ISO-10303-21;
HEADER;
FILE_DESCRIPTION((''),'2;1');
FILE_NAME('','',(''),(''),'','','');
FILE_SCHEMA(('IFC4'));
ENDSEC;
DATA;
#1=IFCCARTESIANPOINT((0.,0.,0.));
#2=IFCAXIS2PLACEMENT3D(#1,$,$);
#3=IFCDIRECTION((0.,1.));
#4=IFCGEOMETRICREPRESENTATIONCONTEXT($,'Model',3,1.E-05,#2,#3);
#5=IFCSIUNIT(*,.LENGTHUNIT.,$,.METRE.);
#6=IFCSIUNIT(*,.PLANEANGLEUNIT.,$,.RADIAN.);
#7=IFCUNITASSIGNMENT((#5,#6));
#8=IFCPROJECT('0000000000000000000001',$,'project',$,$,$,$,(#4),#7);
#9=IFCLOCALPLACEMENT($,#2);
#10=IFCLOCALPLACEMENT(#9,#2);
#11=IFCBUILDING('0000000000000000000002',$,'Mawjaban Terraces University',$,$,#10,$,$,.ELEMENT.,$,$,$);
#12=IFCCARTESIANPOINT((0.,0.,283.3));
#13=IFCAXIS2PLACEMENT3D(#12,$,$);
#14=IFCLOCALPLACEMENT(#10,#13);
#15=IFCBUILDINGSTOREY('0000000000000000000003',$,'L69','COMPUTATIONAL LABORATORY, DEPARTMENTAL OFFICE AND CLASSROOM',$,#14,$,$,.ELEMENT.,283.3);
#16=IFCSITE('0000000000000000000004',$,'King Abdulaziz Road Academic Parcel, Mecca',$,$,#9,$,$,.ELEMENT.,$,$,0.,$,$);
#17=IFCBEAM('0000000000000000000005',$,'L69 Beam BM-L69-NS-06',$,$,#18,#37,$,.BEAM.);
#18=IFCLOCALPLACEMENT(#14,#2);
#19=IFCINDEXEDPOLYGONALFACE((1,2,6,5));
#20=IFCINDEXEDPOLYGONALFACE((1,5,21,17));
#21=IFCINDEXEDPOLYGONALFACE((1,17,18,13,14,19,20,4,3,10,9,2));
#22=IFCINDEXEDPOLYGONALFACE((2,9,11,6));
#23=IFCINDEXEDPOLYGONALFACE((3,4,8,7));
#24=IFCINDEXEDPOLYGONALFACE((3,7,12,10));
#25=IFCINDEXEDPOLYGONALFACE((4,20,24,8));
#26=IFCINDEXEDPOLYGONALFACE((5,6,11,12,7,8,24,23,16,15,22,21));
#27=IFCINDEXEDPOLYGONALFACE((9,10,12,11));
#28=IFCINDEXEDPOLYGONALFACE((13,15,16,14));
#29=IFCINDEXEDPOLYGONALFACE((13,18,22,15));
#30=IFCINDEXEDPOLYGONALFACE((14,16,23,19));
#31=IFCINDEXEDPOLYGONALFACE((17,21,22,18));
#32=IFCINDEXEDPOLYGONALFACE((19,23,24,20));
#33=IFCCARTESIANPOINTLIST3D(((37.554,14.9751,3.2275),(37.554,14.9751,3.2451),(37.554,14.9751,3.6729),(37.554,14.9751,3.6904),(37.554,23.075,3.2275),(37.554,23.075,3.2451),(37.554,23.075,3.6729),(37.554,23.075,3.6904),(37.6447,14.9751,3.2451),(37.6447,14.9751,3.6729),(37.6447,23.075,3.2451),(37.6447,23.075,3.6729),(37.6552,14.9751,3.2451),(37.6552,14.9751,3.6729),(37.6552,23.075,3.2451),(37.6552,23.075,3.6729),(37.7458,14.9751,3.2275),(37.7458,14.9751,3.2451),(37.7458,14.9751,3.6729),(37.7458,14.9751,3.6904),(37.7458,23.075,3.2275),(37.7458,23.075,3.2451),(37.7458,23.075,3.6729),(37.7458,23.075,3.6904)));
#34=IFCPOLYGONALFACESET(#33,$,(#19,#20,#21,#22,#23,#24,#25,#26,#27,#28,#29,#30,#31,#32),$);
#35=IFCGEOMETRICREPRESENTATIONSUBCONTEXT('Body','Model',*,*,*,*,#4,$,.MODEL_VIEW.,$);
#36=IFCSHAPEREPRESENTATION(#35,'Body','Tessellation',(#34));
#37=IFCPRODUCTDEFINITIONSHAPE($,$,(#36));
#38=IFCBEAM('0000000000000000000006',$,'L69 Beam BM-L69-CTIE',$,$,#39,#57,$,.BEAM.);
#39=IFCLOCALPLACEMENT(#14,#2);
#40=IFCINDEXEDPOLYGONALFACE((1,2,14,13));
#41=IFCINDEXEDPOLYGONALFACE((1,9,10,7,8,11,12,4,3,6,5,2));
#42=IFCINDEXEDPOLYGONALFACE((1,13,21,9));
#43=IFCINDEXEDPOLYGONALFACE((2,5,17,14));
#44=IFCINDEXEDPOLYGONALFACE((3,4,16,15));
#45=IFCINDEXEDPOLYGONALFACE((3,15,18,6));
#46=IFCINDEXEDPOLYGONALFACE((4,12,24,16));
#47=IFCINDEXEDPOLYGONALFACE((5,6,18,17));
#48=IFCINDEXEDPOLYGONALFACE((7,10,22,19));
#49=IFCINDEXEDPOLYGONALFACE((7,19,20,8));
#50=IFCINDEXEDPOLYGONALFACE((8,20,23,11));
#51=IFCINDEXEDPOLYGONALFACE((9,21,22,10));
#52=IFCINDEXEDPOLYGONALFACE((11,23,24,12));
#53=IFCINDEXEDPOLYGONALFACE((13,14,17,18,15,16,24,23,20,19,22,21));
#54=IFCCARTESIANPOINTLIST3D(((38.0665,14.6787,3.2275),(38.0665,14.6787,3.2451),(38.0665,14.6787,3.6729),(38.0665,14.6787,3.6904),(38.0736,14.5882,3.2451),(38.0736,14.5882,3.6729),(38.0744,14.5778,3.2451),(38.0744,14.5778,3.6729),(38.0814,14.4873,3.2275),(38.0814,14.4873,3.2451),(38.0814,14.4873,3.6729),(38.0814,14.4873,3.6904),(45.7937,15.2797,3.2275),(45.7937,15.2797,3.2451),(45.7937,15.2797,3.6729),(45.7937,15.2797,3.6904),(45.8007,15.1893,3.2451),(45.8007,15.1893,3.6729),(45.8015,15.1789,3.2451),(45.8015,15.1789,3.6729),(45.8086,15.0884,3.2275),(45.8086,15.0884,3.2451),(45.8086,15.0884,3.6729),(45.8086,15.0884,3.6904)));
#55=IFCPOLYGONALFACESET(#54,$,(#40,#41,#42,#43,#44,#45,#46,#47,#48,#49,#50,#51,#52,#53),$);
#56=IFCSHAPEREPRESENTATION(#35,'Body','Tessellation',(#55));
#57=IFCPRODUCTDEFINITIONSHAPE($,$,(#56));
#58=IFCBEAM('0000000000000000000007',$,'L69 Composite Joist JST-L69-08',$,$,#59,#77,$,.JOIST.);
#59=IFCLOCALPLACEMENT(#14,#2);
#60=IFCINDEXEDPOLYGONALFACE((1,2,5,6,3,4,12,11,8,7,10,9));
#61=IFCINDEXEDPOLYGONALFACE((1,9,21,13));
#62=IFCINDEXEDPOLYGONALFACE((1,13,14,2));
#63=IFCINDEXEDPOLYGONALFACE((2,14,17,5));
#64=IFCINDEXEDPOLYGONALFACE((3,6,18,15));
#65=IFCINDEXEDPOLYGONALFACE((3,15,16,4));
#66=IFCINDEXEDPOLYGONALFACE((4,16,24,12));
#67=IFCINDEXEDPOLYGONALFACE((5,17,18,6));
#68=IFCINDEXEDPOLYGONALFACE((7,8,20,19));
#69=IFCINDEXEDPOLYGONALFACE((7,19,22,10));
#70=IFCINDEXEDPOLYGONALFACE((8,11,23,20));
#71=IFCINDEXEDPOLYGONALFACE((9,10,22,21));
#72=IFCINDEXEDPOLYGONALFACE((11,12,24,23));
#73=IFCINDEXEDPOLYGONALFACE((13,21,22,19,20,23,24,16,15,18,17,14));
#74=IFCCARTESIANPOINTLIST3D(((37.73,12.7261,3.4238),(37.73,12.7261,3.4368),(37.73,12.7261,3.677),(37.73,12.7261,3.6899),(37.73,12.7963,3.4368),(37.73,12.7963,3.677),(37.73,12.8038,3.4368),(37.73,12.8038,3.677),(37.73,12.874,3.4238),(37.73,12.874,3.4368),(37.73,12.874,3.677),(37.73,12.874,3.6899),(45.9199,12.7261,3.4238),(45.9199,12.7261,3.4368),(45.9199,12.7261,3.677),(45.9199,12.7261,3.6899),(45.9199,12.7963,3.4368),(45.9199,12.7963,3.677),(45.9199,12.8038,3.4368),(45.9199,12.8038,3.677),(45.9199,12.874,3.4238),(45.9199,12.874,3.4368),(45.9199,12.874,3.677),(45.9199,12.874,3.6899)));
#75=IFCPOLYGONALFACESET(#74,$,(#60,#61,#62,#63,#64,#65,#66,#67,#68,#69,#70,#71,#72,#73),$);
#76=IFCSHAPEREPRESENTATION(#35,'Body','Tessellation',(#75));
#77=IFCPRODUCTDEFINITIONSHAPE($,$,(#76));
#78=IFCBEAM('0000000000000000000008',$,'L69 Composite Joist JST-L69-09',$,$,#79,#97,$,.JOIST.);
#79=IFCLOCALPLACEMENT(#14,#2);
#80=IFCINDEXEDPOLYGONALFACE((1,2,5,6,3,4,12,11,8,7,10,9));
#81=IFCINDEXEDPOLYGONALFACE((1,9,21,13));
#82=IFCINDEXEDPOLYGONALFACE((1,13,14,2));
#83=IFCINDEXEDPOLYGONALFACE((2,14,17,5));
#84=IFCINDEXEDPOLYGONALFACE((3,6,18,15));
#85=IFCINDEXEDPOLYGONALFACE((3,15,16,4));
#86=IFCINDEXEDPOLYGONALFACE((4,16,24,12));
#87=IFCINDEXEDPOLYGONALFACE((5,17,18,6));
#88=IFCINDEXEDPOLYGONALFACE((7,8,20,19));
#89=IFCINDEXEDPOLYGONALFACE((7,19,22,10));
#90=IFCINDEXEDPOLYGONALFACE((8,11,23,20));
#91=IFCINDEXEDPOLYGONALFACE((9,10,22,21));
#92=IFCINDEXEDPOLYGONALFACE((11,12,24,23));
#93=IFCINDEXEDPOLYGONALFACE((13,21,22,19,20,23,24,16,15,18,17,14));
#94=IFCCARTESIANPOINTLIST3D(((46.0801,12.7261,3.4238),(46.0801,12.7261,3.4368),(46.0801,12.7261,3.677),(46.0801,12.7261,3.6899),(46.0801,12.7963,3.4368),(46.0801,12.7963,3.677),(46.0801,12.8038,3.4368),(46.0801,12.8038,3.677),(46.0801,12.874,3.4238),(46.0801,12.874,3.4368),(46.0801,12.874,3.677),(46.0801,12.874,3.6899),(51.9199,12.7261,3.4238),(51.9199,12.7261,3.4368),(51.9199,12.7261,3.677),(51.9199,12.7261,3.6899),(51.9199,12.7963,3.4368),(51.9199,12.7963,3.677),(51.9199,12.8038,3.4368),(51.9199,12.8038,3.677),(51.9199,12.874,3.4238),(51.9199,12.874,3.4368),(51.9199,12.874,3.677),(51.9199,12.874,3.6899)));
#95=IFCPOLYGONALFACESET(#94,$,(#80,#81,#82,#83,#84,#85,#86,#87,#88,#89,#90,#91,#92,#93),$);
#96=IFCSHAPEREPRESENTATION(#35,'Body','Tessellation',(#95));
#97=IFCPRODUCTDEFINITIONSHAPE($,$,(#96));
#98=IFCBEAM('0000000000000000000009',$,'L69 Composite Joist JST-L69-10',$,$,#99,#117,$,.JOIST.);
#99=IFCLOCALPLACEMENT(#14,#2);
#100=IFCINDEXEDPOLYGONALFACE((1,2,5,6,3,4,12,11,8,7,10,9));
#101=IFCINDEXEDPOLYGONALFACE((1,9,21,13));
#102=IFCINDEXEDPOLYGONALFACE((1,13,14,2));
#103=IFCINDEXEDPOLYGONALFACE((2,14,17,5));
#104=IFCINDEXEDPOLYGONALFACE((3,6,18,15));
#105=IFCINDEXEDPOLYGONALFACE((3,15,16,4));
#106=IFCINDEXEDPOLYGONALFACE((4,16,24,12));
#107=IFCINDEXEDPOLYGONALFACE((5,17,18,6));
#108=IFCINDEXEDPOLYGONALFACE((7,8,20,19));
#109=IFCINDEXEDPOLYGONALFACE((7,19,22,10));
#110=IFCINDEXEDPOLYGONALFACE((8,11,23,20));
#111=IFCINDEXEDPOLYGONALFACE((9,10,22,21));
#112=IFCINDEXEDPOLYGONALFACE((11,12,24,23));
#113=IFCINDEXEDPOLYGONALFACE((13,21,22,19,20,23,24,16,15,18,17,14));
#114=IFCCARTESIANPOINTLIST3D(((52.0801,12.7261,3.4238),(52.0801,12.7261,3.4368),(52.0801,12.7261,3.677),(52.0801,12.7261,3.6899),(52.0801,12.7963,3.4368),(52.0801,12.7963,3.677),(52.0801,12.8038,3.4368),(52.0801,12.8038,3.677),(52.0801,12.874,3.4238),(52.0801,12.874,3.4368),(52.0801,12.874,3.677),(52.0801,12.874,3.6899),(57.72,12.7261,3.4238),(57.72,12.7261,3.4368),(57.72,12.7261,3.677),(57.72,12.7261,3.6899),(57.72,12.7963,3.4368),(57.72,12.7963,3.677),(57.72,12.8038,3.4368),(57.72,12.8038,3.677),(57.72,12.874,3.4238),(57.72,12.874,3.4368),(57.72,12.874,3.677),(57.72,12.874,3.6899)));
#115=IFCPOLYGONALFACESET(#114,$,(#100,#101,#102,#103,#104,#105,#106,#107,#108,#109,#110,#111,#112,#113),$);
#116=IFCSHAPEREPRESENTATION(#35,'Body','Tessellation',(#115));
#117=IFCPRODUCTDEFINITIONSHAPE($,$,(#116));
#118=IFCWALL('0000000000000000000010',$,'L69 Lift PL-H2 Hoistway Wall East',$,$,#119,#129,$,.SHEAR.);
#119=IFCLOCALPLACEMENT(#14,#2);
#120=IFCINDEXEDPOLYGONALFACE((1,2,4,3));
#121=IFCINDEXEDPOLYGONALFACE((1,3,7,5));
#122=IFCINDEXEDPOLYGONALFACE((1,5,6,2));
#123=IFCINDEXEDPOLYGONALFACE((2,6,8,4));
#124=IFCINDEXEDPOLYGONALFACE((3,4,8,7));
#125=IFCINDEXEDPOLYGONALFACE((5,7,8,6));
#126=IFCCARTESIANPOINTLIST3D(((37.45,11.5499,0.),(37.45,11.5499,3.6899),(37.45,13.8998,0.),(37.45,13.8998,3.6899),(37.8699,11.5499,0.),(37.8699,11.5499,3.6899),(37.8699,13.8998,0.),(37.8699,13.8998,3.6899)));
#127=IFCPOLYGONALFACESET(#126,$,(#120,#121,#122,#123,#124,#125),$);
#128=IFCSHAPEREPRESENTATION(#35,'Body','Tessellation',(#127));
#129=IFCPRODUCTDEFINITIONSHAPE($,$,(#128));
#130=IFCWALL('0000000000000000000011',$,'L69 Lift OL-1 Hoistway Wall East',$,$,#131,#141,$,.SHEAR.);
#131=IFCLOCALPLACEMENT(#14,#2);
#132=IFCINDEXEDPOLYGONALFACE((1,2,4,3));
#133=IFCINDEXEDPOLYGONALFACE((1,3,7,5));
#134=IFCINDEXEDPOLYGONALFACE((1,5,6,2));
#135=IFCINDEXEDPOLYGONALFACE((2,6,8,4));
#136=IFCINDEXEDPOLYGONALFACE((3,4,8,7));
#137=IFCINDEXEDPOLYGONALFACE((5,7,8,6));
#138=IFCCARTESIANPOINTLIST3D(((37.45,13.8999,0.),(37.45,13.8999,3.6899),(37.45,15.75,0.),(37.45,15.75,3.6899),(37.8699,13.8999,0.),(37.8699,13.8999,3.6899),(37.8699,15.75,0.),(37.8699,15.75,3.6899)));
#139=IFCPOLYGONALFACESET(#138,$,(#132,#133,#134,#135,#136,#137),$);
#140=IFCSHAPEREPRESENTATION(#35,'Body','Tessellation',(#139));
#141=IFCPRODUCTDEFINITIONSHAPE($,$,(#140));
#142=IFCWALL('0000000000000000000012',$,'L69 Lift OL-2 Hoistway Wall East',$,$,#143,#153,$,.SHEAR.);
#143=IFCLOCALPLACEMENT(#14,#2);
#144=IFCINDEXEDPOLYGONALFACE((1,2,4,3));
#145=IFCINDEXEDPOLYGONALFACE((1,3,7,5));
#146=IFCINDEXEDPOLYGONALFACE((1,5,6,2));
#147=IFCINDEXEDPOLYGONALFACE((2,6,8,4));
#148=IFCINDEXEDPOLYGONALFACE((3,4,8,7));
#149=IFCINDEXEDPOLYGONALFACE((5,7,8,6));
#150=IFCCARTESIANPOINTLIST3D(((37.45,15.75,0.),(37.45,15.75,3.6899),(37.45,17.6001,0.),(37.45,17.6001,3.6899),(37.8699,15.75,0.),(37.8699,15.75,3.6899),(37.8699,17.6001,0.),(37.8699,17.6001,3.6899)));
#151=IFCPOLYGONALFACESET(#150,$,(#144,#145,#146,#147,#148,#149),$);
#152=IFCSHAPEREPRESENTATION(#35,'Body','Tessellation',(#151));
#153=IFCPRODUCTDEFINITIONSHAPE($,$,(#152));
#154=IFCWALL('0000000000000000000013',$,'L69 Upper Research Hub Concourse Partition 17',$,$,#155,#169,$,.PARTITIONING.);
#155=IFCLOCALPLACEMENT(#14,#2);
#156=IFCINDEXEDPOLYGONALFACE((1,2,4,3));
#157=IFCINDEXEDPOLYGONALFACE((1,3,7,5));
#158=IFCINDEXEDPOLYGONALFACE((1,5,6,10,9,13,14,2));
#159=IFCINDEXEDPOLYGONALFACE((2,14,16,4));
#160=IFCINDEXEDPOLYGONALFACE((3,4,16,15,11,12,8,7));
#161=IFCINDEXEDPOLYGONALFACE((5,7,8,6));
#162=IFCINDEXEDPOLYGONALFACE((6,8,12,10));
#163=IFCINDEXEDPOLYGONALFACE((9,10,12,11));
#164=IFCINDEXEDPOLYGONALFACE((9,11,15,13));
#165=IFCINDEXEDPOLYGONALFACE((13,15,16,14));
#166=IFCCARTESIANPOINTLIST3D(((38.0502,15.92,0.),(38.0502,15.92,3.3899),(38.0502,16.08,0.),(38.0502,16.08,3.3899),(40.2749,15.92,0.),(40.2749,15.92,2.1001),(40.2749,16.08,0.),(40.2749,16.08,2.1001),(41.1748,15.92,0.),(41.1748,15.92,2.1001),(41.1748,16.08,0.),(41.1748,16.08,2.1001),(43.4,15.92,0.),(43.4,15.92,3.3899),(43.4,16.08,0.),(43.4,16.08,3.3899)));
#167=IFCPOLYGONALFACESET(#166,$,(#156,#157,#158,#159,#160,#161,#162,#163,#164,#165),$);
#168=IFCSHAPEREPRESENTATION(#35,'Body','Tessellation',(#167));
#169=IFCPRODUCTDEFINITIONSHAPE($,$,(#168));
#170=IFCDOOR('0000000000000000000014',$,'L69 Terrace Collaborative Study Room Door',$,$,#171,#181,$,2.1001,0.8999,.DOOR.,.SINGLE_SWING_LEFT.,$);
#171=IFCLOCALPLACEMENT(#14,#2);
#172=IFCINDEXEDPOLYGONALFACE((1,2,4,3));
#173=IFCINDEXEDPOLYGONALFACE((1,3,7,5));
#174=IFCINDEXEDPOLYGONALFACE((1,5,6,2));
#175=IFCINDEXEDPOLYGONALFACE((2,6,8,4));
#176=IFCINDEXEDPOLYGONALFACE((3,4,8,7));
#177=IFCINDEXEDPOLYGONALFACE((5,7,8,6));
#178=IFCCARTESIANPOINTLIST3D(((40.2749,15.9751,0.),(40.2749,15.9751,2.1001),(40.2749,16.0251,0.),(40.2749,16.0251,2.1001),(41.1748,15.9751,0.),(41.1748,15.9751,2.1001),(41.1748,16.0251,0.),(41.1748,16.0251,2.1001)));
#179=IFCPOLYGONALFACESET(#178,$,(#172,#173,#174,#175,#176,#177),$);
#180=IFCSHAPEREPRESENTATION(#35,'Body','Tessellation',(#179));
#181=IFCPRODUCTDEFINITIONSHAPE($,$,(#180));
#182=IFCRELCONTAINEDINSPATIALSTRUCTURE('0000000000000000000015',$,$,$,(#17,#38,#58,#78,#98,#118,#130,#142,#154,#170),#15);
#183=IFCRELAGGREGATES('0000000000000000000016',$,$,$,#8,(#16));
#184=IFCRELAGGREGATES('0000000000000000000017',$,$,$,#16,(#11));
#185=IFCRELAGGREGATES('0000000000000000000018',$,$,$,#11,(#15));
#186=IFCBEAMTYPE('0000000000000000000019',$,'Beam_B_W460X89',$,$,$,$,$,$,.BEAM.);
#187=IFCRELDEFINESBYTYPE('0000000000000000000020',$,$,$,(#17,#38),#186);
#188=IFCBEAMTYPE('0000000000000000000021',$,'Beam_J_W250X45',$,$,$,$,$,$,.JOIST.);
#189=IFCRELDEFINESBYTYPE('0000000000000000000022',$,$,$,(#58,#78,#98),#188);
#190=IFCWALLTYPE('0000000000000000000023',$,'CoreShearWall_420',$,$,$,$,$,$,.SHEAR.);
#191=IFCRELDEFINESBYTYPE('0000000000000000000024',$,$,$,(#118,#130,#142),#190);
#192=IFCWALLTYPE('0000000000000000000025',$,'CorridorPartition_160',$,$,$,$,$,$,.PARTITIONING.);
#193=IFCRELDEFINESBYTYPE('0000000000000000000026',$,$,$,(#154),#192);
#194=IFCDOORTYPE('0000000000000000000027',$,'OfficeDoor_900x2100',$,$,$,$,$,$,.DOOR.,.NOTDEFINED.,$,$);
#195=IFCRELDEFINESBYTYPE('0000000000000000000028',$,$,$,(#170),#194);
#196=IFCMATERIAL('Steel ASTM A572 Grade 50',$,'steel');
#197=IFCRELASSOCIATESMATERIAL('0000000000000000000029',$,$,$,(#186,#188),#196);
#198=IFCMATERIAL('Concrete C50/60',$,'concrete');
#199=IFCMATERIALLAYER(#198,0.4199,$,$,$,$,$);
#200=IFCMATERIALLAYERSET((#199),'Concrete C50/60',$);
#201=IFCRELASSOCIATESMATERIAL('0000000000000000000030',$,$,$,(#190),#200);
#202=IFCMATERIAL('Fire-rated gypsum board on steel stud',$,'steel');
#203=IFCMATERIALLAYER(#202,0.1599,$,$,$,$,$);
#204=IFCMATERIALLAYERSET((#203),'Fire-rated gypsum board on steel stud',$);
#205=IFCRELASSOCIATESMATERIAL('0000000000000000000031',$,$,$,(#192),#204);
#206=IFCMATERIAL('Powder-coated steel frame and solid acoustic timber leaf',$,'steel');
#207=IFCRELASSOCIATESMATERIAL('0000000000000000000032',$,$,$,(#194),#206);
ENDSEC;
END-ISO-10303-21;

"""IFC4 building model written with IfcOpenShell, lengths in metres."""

from ifc_helpers import new_model, si_unit, direction, frame, frame_2d, origin, origin_2d, place, context, subcontext, project, spatial, rectangle, i_section, extrude, material, layer, layer_set, material_profile, profile_set, type_object, element, fill, save


model = new_model("IFC4")

# Units and contexts
model_context = context("Model", 3, precision=1e-05, world=origin(), true_north=direction((0.0, 1.0)))
body_context = subcontext(model_context, "Body", "Model", "MODEL_VIEW")
ifc_project = project(units=[si_unit("LENGTHUNIT", "METRE"), si_unit("PLANEANGLEUNIT", "RADIAN")], contexts=[model_context])

# Site, building, storey
site_placement = place(None, origin())
site = spatial("IfcSite", under=ifc_project, at=site_placement, Name="King Abdulaziz Road Academic Parcel, Mecca", CompositionType="ELEMENT", RefElevation=0.0)
building_placement = place(site_placement, origin())
building = spatial("IfcBuilding", under=site, at=building_placement, Name="Mawjaban Terraces University", CompositionType="ELEMENT")
storey_placement = place(building_placement, frame((0.0, 0.0, 283.3)))
storey = spatial("IfcBuildingStorey", under=building, at=storey_placement, Name="L69", Description="COMPUTATIONAL LABORATORY, DEPARTMENTAL OFFICE AND CLASSROOM", CompositionType="ELEMENT", Elevation=283.3)

# Shared definitions
ifc_material_1 = material(Name="Concrete C50/60", Category="concrete")

# Beams
ifc_material_2 = material(Name="Steel ASTM A572 Grade 50", Category="steel")
ifc_material_profile_1 = material_profile(ifc_material_2, i_section(OverallWidth=0.1919, OverallDepth=0.4629, WebThickness=0.0105, FlangeThickness=0.0176, at=origin_2d()), Name="W460X89")
ifc_profile_set_1 = profile_set([ifc_material_profile_1], Name="Steel ASTM A572 Grade 50")
beam_type_1 = type_object("IfcBeamType", Name="Beam_B_W460X89", PredefinedType="BEAM", material=ifc_profile_set_1)
beam_1_placement = place(storey_placement, frame((37.6499, 14.9751, 3.459), z_axis=(0.0, 1.0, 0.0), x_axis=(-1.0, 0.0, 0.0)))
element("IfcBeam", 1, at=beam_1_placement, inside=storey, type_object=beam_type_1, Name="L69 Beam BM-L69-NS-06", PredefinedType="BEAM", context=body_context, shape_type="SweptSolid", body=[
    extrude(i_section(OverallWidth=0.1919, OverallDepth=0.4629, WebThickness=0.0105, FlangeThickness=0.0176, at=origin_2d()), origin(), (0.0, 0.0, 1.0), 8.0999),
])
beam_2_placement = place(storey_placement, frame((38.074, 14.583, 3.459), z_axis=(0.996988, 0.077554, 0.0), x_axis=(-0.077554, 0.996988, 0.0)))
element("IfcBeam", 2, at=beam_2_placement, inside=storey, type_object=beam_type_1, Name="L69 Beam BM-L69-CTIE", PredefinedType="BEAM", context=body_context, shape_type="SweptSolid", body=[
    extrude(i_section(OverallWidth=0.1919, OverallDepth=0.4629, WebThickness=0.0105, FlangeThickness=0.0176, at=origin_2d()), origin(), (0.0, 0.0, 1.0), 7.7505),
])
ifc_material_profile_2 = material_profile(ifc_material_2, i_section(OverallWidth=0.1479, OverallDepth=0.2661, WebThickness=0.0076, FlangeThickness=0.0129, at=origin_2d()), Name="W250X45")
ifc_profile_set_2 = profile_set([ifc_material_profile_2], Name="Steel ASTM A572 Grade 50")
beam_type_2 = type_object("IfcBeamType", Name="Beam_J_W250X45", PredefinedType="JOIST", material=ifc_profile_set_2)
beam_3_placement = place(storey_placement, frame((37.73, 12.8, 3.5569), z_axis=(1.0, 0.0, 0.0), x_axis=(0.0, 1.0, 0.0)))
element("IfcBeam", 3, at=beam_3_placement, inside=storey, type_object=beam_type_2, Name="L69 Composite Joist JST-L69-08", PredefinedType="JOIST", context=body_context, shape_type="SweptSolid", body=[
    extrude(i_section(OverallWidth=0.1479, OverallDepth=0.2661, WebThickness=0.0076, FlangeThickness=0.0129, at=origin_2d()), origin(), (0.0, 0.0, 1.0), 8.1899),
])
beam_4_placement = place(storey_placement, frame((46.0801, 12.8, 3.5569), z_axis=(1.0, 0.0, 0.0), x_axis=(0.0, 1.0, 0.0)))
element("IfcBeam", 4, at=beam_4_placement, inside=storey, type_object=beam_type_2, Name="L69 Composite Joist JST-L69-09", PredefinedType="JOIST", context=body_context, shape_type="SweptSolid", body=[
    extrude(i_section(OverallWidth=0.1479, OverallDepth=0.2661, WebThickness=0.0076, FlangeThickness=0.0129, at=origin_2d()), origin(), (0.0, 0.0, 1.0), 5.8398),
])
beam_5_placement = place(storey_placement, frame((52.0801, 12.8, 3.5569), z_axis=(1.0, 0.0, 0.0), x_axis=(0.0, 1.0, 0.0)))
element("IfcBeam", 5, at=beam_5_placement, inside=storey, type_object=beam_type_2, Name="L69 Composite Joist JST-L69-10", PredefinedType="JOIST", context=body_context, shape_type="SweptSolid", body=[
    extrude(i_section(OverallWidth=0.1479, OverallDepth=0.2661, WebThickness=0.0076, FlangeThickness=0.0129, at=origin_2d()), origin(), (0.0, 0.0, 1.0), 5.6399),
])

# Walls
ifc_layer_1 = layer(ifc_material_1, 0.4199)
ifc_layer_set_1 = layer_set([ifc_layer_1], Name="Concrete C50/60")
wall_type_1 = type_object("IfcWallType", Name="CoreShearWall_420", PredefinedType="SHEAR", material=ifc_layer_set_1)
wall_1_placement = place(storey_placement, frame((37.6599, 11.55, 0.0), z_axis=(0.0, 0.0, 1.0), x_axis=(0.0, 1.0, 0.0)))
element("IfcWall", 6, at=wall_1_placement, inside=storey, type_object=wall_type_1, Name="L69 Lift PL-H2 Hoistway Wall East", PredefinedType="SHEAR", context=body_context, shape_type="SweptSolid", body=[
    extrude(rectangle(XDim=2.3499, YDim=0.4199, at=frame_2d((1.1748, 0.0))), origin(), (0.0, 0.0, 1.0), 3.6899),
])
for number, where, z_axis, x_axis, name in (
    (7, (37.6599, 13.8999, 0.0), (0.0, 0.0, 1.0), (0.0, 1.0, 0.0), "L69 Lift OL-1 Hoistway Wall East"),
    (8, (37.6599, 15.75, 0.0), (0.0, 0.0, 1.0), (0.0, 1.0, 0.0), "L69 Lift OL-2 Hoistway Wall East"),
):
    element("IfcWall", number, at=place(storey_placement, frame(where, z_axis=z_axis, x_axis=x_axis)), inside=storey, type_object=wall_type_1, Name=name, PredefinedType="SHEAR", context=body_context, shape_type="SweptSolid", body=[
        extrude(rectangle(XDim=1.8501, YDim=0.4199, at=frame_2d((0.925, 0.0))), origin(), (0.0, 0.0, 1.0), 3.6899),
    ])

# Wall, opening, door
ifc_material_3 = material(Name="Fire-rated gypsum board on steel stud", Category="steel")
ifc_layer_2 = layer(ifc_material_3, 0.1599)
ifc_layer_set_2 = layer_set([ifc_layer_2], Name="Fire-rated gypsum board on steel stud")
wall_type_2 = type_object("IfcWallType", Name="CorridorPartition_160", PredefinedType="PARTITIONING", material=ifc_layer_set_2)
wall_2_placement = place(storey_placement, frame((43.3999, 16.0, 0.0), z_axis=(0.0, 0.0, 1.0), x_axis=(-1.0, 0.0, 0.0)))
wall_2 = element("IfcWall", 9, at=wall_2_placement, inside=storey, type_object=wall_type_2, Name="L69 Upper Research Hub Concourse Partition 17", PredefinedType="PARTITIONING", context=body_context, shape_type="SweptSolid", body=[
    extrude(rectangle(XDim=5.3499, YDim=0.1599, at=frame_2d((2.6748, 0.0))), origin(), (0.0, 0.0, 1.0), 3.3899),
])
opening_1_placement = place(wall_2_placement, frame((2.2251, 0.0, 0.0)))
opening_1 = element("IfcOpeningElement", 10, at=opening_1_placement, cuts=wall_2, PredefinedType="OPENING", context=body_context, shape_type="SweptSolid", body=[
    extrude(rectangle(XDim=0.8999, YDim=2.1001, at=frame_2d((0.45, 1.05))), frame((0.0, 0.0898, 0.0), z_axis=(0.0, -1.0, 0.0), x_axis=(1.0, 0.0, 0.0)), (0.0, 0.0, 1.0), 0.1799),
])
ifc_material_4 = material(Name="Powder-coated steel frame and solid acoustic timber leaf", Category="steel")
door_type_1 = type_object("IfcDoorType", Name="OfficeDoor_900x2100", OperationType="NOTDEFINED", PredefinedType="DOOR", material=ifc_material_4)
door_1_placement = place(opening_1_placement, origin())
door_1 = element("IfcDoor", 11, at=door_1_placement, inside=storey, type_object=door_type_1, Name="L69 Terrace Collaborative Study Room Door", OperationType="SINGLE_SWING_LEFT", OverallHeight=2.1001, OverallWidth=0.8999, PredefinedType="DOOR", context=body_context, shape_type="SweptSolid", body=[
    extrude(rectangle(XDim=0.8999, YDim=2.1001, at=frame_2d((0.45, 1.05))), frame((0.0, 0.0249, 0.0), z_axis=(0.0, -1.0, 0.0), x_axis=(1.0, 0.0, 0.0)), (0.0, 0.0, 1.0), 0.05),
])
fill(opening_1, door_1)

save(model, "model.ifc")
